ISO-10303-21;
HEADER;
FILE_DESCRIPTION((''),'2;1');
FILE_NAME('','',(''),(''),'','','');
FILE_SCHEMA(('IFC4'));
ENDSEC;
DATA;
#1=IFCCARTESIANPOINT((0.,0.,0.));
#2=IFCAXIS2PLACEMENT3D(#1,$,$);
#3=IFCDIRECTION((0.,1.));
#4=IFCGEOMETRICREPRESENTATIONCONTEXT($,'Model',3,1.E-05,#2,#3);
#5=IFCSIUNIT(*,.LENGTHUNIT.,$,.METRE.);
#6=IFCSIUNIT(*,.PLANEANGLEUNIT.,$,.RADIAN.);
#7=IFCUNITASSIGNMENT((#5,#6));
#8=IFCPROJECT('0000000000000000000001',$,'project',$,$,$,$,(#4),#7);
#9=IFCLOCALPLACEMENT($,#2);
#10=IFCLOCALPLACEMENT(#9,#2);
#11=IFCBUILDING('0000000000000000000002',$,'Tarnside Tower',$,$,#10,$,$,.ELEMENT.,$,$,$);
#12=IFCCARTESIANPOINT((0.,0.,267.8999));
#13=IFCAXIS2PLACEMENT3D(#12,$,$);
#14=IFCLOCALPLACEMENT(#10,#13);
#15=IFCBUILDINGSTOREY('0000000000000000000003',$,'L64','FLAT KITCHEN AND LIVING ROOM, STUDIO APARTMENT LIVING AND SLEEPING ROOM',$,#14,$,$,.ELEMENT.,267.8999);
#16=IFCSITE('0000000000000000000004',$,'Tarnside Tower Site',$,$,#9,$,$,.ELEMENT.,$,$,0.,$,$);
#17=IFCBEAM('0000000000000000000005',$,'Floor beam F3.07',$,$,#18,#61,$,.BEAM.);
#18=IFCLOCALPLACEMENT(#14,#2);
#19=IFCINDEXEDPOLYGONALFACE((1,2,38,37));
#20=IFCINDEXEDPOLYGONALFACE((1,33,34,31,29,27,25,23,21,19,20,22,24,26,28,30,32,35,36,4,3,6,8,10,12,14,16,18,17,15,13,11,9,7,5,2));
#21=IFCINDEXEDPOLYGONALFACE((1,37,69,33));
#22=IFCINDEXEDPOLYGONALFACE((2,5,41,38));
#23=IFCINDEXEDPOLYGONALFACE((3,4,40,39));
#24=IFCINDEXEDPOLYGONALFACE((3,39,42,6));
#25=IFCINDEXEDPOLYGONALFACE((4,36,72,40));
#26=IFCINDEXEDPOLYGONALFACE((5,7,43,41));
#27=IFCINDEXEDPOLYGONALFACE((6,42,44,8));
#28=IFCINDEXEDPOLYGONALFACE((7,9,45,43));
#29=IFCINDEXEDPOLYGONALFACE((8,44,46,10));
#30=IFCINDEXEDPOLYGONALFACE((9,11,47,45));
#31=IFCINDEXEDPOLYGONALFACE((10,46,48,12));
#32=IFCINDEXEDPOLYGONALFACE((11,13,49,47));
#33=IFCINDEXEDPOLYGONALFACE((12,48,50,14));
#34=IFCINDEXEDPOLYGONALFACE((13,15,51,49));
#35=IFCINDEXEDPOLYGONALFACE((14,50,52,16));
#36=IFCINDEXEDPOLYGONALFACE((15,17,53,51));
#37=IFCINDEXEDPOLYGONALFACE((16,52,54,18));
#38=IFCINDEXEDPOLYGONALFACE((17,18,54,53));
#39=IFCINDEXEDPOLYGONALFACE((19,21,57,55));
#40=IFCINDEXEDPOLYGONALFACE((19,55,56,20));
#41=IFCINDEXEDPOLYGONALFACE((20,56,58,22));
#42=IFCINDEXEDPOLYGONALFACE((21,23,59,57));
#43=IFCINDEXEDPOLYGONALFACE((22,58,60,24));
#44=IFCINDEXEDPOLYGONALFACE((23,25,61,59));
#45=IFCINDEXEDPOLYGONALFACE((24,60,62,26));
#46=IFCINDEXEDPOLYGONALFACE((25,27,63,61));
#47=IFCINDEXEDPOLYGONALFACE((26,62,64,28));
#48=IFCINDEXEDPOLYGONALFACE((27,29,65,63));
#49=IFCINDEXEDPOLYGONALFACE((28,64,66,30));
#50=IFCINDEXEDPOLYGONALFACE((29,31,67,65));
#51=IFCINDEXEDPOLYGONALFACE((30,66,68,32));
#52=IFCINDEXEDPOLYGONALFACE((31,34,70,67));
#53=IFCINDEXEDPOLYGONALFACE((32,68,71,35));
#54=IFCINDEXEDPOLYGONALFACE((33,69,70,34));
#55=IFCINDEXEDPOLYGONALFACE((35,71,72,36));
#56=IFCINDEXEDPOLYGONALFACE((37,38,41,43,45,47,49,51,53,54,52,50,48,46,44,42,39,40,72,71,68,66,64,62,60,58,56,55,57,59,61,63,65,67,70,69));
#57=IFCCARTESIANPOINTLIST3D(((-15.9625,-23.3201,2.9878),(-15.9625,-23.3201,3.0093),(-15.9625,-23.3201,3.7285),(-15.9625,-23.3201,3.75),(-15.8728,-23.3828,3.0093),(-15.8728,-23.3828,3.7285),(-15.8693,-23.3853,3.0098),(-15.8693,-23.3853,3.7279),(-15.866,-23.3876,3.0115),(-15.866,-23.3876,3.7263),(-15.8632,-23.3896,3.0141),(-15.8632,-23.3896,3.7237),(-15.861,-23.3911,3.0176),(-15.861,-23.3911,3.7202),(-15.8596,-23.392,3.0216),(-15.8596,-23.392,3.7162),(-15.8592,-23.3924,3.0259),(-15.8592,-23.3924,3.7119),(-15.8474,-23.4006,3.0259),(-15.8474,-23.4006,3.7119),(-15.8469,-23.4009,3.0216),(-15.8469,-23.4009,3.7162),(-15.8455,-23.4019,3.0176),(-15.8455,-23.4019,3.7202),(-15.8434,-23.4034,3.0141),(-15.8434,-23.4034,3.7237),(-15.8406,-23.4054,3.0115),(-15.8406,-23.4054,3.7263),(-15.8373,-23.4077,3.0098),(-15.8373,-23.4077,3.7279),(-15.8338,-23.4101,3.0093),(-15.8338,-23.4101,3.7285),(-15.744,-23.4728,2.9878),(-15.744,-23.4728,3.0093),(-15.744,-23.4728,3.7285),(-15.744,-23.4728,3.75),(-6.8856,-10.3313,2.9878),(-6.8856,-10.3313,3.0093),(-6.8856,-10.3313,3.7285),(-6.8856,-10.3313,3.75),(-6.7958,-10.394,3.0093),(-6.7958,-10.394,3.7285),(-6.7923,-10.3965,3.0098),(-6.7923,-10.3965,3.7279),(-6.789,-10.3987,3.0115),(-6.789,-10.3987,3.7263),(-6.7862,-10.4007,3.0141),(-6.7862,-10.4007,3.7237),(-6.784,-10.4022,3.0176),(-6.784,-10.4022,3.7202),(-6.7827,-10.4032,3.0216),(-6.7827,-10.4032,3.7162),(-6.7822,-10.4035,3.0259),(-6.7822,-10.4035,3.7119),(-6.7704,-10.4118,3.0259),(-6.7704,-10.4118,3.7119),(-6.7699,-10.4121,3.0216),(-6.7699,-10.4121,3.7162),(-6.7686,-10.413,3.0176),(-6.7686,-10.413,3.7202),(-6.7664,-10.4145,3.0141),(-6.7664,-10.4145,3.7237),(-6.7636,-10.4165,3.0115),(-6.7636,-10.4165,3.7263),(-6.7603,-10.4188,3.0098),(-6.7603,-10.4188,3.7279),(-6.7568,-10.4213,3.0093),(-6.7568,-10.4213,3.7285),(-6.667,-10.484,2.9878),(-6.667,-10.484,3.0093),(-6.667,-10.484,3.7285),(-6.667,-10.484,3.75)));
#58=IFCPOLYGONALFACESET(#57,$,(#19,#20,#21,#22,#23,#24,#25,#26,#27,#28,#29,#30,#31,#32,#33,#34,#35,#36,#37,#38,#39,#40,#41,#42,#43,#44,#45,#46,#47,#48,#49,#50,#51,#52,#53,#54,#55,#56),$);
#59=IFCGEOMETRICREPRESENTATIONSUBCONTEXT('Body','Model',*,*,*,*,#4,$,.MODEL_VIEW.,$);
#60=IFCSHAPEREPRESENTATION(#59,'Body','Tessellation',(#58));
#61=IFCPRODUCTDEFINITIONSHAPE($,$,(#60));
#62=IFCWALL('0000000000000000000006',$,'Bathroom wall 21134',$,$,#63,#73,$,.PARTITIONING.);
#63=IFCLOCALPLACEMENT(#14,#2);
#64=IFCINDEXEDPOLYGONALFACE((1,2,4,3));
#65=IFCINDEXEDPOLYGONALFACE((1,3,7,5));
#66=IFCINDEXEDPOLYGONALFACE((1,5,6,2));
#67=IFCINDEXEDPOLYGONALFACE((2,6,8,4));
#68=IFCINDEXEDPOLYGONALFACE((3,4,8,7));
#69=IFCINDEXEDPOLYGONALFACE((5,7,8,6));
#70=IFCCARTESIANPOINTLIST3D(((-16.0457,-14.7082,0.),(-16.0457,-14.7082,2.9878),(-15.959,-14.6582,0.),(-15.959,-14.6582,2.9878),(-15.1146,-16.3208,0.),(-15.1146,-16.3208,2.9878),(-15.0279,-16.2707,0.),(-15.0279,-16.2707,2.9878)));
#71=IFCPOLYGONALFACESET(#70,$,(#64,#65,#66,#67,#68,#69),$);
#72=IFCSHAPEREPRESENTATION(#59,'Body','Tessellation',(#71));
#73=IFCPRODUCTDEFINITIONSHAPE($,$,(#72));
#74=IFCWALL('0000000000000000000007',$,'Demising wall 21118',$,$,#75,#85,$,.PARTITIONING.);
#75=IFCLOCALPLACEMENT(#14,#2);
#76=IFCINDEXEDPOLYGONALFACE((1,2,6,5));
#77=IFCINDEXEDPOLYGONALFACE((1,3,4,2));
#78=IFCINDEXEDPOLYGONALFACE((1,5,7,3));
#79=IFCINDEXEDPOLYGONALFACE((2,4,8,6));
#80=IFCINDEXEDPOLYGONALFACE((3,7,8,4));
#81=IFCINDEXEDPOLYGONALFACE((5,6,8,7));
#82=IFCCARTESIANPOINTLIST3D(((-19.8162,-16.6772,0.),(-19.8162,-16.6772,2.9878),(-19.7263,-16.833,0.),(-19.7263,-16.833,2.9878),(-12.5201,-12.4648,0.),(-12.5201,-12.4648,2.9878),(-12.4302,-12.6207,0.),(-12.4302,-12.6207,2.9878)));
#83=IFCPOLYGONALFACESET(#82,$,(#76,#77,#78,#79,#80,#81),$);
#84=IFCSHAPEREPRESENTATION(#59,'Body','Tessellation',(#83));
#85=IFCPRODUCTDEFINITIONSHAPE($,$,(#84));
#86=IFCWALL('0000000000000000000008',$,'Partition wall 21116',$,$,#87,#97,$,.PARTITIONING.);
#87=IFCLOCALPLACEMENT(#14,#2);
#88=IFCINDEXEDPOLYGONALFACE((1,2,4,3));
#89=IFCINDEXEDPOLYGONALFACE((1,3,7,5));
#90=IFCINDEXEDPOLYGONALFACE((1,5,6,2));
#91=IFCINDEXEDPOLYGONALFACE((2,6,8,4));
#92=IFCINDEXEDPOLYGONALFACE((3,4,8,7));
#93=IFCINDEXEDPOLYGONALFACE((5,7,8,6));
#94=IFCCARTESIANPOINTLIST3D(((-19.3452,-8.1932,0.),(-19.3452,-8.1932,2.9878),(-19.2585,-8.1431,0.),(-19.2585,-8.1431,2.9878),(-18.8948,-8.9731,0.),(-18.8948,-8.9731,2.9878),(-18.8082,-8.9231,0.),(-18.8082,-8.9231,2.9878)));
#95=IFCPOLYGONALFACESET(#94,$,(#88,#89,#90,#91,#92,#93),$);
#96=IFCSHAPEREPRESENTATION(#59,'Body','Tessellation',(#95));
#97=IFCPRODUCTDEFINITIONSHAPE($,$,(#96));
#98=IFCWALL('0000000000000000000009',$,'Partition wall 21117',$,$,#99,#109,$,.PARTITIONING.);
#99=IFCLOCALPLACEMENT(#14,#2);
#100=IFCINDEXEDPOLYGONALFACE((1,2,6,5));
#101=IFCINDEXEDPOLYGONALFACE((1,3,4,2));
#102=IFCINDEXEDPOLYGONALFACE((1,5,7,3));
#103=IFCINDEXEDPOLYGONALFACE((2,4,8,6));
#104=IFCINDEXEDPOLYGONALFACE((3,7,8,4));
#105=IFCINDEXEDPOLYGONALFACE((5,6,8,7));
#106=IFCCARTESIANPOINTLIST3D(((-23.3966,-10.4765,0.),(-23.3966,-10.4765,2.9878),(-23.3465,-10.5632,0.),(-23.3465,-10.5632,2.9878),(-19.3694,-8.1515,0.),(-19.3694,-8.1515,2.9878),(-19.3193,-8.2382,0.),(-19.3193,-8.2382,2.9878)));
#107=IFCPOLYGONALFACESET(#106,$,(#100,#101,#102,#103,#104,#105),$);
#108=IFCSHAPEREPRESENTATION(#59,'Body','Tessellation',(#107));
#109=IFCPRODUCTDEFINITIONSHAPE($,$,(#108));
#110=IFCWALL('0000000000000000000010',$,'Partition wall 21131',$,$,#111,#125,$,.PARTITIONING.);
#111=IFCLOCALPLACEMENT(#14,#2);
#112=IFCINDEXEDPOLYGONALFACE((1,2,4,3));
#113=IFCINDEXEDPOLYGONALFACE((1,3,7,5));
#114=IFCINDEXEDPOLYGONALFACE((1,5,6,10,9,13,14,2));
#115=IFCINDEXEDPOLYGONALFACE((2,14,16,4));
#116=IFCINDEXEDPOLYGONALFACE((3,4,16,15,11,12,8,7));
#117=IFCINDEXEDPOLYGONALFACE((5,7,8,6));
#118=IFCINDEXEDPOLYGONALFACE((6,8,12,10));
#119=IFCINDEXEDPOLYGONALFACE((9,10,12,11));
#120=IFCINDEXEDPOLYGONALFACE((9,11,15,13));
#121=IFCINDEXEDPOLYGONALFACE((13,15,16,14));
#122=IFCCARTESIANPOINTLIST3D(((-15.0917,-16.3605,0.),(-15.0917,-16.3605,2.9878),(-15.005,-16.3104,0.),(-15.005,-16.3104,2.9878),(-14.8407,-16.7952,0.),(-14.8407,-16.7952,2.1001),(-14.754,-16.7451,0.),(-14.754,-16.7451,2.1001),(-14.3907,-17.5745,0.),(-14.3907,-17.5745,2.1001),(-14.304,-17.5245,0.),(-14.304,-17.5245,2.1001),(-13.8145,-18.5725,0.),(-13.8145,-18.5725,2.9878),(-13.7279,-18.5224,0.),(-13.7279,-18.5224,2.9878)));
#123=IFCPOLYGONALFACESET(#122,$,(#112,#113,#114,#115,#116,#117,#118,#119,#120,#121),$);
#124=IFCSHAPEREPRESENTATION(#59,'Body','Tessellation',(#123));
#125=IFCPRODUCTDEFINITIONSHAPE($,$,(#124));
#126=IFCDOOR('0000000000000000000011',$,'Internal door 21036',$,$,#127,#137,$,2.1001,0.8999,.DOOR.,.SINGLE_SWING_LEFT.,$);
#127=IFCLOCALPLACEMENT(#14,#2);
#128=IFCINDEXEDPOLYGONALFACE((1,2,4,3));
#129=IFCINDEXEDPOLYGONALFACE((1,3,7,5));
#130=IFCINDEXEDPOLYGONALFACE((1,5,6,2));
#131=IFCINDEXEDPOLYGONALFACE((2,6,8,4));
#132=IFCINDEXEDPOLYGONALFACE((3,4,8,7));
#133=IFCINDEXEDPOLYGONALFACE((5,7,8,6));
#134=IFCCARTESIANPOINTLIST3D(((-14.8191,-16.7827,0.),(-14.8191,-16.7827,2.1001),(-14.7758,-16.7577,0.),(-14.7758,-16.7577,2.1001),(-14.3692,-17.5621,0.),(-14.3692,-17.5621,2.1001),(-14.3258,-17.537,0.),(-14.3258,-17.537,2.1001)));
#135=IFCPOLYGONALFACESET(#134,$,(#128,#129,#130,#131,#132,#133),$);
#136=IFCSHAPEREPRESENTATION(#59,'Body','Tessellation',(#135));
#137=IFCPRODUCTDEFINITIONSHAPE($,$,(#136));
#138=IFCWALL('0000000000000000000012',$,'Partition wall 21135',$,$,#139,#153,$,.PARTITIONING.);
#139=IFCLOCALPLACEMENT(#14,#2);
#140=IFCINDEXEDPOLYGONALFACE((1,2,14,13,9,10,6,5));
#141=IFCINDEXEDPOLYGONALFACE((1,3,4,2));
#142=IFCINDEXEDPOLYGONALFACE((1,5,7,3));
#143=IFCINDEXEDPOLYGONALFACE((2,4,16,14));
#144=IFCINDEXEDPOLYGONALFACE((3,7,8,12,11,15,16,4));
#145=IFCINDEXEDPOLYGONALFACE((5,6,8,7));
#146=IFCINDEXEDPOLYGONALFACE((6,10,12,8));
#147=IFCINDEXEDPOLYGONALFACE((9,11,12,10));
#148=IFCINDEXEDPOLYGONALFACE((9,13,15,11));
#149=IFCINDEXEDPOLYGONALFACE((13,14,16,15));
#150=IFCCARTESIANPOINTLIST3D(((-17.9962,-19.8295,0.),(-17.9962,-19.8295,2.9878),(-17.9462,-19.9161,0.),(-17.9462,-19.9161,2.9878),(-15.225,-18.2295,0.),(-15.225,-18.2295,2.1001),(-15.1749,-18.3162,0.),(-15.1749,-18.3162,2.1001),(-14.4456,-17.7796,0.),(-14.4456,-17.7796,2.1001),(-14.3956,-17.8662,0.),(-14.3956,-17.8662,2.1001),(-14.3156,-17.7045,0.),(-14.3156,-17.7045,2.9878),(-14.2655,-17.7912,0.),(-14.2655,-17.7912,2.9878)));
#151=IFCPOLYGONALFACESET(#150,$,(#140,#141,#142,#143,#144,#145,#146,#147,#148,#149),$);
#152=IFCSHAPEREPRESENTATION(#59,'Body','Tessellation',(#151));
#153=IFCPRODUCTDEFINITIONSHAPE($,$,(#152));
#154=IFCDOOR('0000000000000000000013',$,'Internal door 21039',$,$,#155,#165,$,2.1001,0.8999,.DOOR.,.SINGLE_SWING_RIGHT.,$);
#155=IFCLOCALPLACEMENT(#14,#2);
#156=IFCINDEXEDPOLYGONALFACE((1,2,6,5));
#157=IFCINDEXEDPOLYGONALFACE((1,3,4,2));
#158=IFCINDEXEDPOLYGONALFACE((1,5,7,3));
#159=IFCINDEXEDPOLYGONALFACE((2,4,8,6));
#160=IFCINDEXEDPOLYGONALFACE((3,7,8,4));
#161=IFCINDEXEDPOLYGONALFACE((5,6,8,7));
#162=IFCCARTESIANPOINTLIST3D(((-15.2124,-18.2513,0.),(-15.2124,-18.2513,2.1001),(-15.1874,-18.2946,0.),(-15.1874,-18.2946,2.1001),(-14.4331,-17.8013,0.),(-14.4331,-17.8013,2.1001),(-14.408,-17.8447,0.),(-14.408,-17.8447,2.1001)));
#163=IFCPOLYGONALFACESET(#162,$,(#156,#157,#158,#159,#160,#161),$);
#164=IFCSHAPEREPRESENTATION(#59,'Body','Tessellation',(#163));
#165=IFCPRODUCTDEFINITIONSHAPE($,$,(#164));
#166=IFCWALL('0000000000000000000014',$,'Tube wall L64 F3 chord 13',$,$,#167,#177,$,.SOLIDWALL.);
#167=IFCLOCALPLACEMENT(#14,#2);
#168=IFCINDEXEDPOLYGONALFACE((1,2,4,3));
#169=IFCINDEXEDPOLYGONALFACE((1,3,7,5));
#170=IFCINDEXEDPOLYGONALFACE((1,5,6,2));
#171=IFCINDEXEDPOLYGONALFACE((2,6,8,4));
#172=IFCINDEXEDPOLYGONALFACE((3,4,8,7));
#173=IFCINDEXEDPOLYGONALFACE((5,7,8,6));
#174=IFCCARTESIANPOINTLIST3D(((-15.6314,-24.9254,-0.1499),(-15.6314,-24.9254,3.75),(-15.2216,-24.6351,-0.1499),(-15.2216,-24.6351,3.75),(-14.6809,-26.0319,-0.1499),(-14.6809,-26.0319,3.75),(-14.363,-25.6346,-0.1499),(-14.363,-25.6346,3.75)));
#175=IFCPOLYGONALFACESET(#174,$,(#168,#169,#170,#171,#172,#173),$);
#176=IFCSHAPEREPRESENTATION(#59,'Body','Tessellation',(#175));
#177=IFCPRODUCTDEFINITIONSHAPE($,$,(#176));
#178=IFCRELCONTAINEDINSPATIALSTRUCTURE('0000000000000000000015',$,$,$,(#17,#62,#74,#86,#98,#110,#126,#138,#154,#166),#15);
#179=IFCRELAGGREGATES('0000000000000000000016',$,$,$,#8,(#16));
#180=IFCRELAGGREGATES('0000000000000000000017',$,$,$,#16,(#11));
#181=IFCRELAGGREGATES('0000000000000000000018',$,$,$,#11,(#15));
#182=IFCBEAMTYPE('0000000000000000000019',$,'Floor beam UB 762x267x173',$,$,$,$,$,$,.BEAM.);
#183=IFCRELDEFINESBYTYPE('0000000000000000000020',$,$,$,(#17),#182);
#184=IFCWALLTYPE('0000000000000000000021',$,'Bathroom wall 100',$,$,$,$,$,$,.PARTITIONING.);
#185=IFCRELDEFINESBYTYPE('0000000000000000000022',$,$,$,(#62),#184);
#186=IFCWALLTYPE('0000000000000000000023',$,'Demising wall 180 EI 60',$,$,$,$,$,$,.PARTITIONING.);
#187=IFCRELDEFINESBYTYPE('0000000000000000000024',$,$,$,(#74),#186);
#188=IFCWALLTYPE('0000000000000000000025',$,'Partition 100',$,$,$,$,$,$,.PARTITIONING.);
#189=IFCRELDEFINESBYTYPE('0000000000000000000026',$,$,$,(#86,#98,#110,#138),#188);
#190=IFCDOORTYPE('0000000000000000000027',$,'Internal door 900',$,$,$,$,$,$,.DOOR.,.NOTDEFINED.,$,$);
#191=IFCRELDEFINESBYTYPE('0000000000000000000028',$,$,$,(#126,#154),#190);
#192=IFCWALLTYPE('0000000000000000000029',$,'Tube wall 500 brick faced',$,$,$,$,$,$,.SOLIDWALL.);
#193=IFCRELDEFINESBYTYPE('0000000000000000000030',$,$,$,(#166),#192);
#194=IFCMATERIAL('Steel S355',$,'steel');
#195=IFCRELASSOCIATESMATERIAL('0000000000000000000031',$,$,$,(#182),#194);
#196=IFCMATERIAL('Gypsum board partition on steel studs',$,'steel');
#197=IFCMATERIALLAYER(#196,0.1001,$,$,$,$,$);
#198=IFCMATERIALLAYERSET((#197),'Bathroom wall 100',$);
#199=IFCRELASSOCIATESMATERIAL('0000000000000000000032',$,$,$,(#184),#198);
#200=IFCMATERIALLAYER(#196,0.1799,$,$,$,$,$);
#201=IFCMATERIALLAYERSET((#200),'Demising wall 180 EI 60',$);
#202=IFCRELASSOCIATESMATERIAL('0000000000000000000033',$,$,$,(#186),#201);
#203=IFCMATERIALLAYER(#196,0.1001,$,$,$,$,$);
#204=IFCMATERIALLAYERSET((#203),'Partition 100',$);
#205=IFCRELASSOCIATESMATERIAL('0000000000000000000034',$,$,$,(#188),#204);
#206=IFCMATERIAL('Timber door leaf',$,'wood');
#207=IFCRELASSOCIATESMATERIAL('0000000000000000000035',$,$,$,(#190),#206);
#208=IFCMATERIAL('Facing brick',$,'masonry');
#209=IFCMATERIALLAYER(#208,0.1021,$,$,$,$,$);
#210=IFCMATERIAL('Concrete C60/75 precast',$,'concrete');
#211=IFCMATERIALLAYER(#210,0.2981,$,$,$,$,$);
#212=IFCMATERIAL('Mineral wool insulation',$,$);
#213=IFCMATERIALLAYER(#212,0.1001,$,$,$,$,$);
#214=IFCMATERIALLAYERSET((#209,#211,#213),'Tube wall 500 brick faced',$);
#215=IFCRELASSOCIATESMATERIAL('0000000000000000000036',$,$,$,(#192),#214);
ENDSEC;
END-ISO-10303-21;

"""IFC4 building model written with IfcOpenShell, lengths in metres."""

from ifc_helpers import new_model, si_unit, direction, frame, frame_2d, origin, origin_2d, place, context, subcontext, project, spatial, polyline, rectangle, i_section, outline, extrude, material, layer, layer_set, material_profile, profile_set, type_object, element, fill, save


model = new_model("IFC4")

# Units and contexts
model_context = context("Model", 3, precision=1e-05, world=origin(), true_north=direction((0.0, 1.0)))
body_context = subcontext(model_context, "Body", "Model", "MODEL_VIEW")
ifc_project = project(units=[si_unit("LENGTHUNIT", "METRE"), si_unit("PLANEANGLEUNIT", "RADIAN")], contexts=[model_context])

# Site, building, storey
site_placement = place(None, origin())
site = spatial("IfcSite", under=ifc_project, at=site_placement, Name="Tarnside Tower Site", CompositionType="ELEMENT", RefElevation=0.0)
building_placement = place(site_placement, origin())
building = spatial("IfcBuilding", under=site, at=building_placement, Name="Tarnside Tower", CompositionType="ELEMENT")
storey_placement = place(building_placement, frame((0.0, 0.0, 267.8999)))
storey = spatial("IfcBuildingStorey", under=building, at=storey_placement, Name="L64", Description="FLAT KITCHEN AND LIVING ROOM, STUDIO APARTMENT LIVING AND SLEEPING ROOM", CompositionType="ELEMENT", Elevation=267.8999)

# Beam
ifc_material_1 = material(Name="Steel S355", Category="steel")
ifc_material_profile_1 = material_profile(ifc_material_1, i_section(OverallWidth=0.2666, OverallDepth=0.7622, WebThickness=0.0144, FlangeThickness=0.0215, FilletRadius=0.0166, at=origin_2d()), Name="UB 762x267x173")
ifc_profile_set_1 = profile_set([ifc_material_profile_1], Name="Steel S355")
beam_type_1 = type_object("IfcBeamType", Name="Floor beam UB 762x267x173", PredefinedType="BEAM", material=ifc_profile_set_1)
beam_1_placement = place(storey_placement, frame((-15.8533, -23.3965, 3.3689), z_axis=(0.572817, 0.819683, 0.0), x_axis=(-0.819683, 0.572817, 0.0)))
element("IfcBeam", 1, at=beam_1_placement, inside=storey, type_object=beam_type_1, Name="Floor beam F3.07", PredefinedType="BEAM", context=body_context, shape_type="SweptSolid", body=[
    extrude(i_section(OverallWidth=0.2666, OverallDepth=0.7622, WebThickness=0.0144, FlangeThickness=0.0215, FilletRadius=0.0166, at=origin_2d()), origin(), (0.0, 0.0, 1.0), 15.8462),
])

# Walls
ifc_material_2 = material(Name="Gypsum board partition on steel studs", Category="steel")
ifc_layer_1 = layer(ifc_material_2, 0.1001)
ifc_layer_set_1 = layer_set([ifc_layer_1], Name="Bathroom wall 100")
wall_type_1 = type_object("IfcWallType", Name="Bathroom wall 100", PredefinedType="PARTITIONING", material=ifc_layer_set_1)
wall_1_placement = place(storey_placement, frame((-16.0024, -14.6831, 0.0), z_axis=(0.0, 0.0, 1.0), x_axis=(0.500059, -0.865991, 0.0)))
element("IfcWall", 2, at=wall_1_placement, inside=storey, type_object=wall_type_1, Name="Bathroom wall 21134", PredefinedType="PARTITIONING", context=body_context, shape_type="SweptSolid", body=[
    extrude(rectangle(XDim=1.8621, YDim=0.1001, at=frame_2d((0.9312, 0.0))), origin(), (0.0, 0.0, 1.0), 2.9878),
])
ifc_layer_2 = layer(ifc_material_2, 0.1799)
ifc_layer_set_2 = layer_set([ifc_layer_2], Name="Demising wall 180 EI 60")
wall_type_2 = type_object("IfcWallType", Name="Demising wall 180 EI 60", PredefinedType="PARTITIONING", material=ifc_layer_set_2)
wall_2_placement = place(storey_placement, frame((-19.7712, -16.7551, 0.0), z_axis=(0.0, 0.0, 1.0), x_axis=(0.866027, 0.499998, 0.0)))
element("IfcWall", 3, at=wall_2_placement, inside=storey, type_object=wall_type_2, Name="Demising wall 21118", PredefinedType="PARTITIONING", context=body_context, shape_type="SweptSolid", body=[
    extrude(rectangle(XDim=8.4248, YDim=0.1799, at=frame_2d((4.2124, 0.0))), origin(), (0.0, 0.0, 1.0), 2.9878),
])
ifc_layer_3 = layer(ifc_material_2, 0.1001)
ifc_layer_set_3 = layer_set([ifc_layer_3], Name="Partition 100")
wall_type_3 = type_object("IfcWallType", Name="Partition 100", PredefinedType="PARTITIONING", material=ifc_layer_set_3)
wall_3_placement = place(storey_placement, frame((-18.8516, -8.948, 0.0), z_axis=(0.0, 0.0, 1.0), x_axis=(-0.500074, 0.865982, 0.0)))
element("IfcWall", 4, at=wall_3_placement, inside=storey, type_object=wall_type_3, Name="Partition wall 21116", PredefinedType="PARTITIONING", context=body_context, shape_type="SweptSolid", body=[
    extrude(rectangle(XDim=0.9006, YDim=0.1001, at=frame_2d((0.4502, 0.0))), origin(), (0.0, 0.0, 1.0), 2.9878),
])
wall_4_placement = place(storey_placement, frame((-19.3442, -8.1948, 0.0), z_axis=(0.0, 0.0, 1.0), x_axis=(-0.866034, -0.499985, 0.0)))
element("IfcWall", 5, at=wall_4_placement, inside=storey, type_object=wall_type_3, Name="Partition wall 21117", PredefinedType="PARTITIONING", context=body_context, shape_type="SweptSolid", body=[
    extrude(rectangle(XDim=4.6501, YDim=0.1001, at=frame_2d((2.3252, 0.0))), origin(), (0.0, 0.0, 1.0), 2.9878),
])

# Walls, openings, doors
wall_5_placement = place(storey_placement, frame((-15.0483, -16.3354, 0.0), z_axis=(0.0, 0.0, 1.0), x_axis=(0.500015, -0.866017, 0.0)))
wall_5 = element("IfcWall", 6, at=wall_5_placement, inside=storey, type_object=wall_type_3, Name="Partition wall 21131", PredefinedType="PARTITIONING", context=body_context, shape_type="SweptSolid", body=[
    extrude(rectangle(XDim=2.5542, YDim=0.1001, at=frame_2d((1.2771, 0.0))), origin(), (0.0, 0.0, 1.0), 2.9878),
])
opening_1_placement = place(wall_5_placement, frame((0.502, 0.0, 0.0)))
opening_1 = element("IfcOpeningElement", 7, at=opening_1_placement, cuts=wall_5, PredefinedType="OPENING", context=body_context, shape_type="SweptSolid", body=[
    extrude(rectangle(XDim=0.8999, YDim=2.1001, at=frame_2d((0.45, 1.05))), frame((0.0, 0.0601, 0.0), z_axis=(0.0, -1.0, 0.0), x_axis=(1.0, 0.0, 0.0)), (0.0, 0.0, 1.0), 0.1201),
])
ifc_material_3 = material(Name="Timber door leaf", Category="wood")
door_type = type_object("IfcDoorType", Name="Internal door 900", OperationType="NOTDEFINED", PredefinedType="DOOR", material=ifc_material_3)
door_1_placement = place(opening_1_placement, origin())
door_1 = element("IfcDoor", 8, at=door_1_placement, inside=storey, type_object=door_type, Name="Internal door 21036", OperationType="SINGLE_SWING_LEFT", OverallHeight=2.1001, OverallWidth=0.8999, PredefinedType="DOOR", context=body_context, shape_type="SweptSolid", body=[
    extrude(rectangle(XDim=0.8999, YDim=2.1001, at=frame_2d((0.45, 1.05))), frame((0.0, 0.0249, 0.0), z_axis=(0.0, -1.0, 0.0), x_axis=(1.0, 0.0, 0.0)), (0.0, 0.0, 1.0), 0.05),
])
fill(opening_1, door_1)
wall_6_placement = place(storey_placement, frame((-17.9712, -19.8728, 0.0), z_axis=(0.0, 0.0, 1.0), x_axis=(0.866029, 0.499994, 0.0)))
wall_6 = element("IfcWall", 9, at=wall_6_placement, inside=storey, type_object=wall_type_3, Name="Partition wall 21135", PredefinedType="PARTITIONING", context=body_context, shape_type="SweptSolid", body=[
    extrude(rectangle(XDim=4.25, YDim=0.1001, at=frame_2d((2.125, 0.0))), origin(), (0.0, 0.0, 1.0), 2.9878),
])
opening_2_placement = place(wall_6_placement, frame((3.2, 0.0, 0.0)))
opening_2 = element("IfcOpeningElement", 10, at=opening_2_placement, cuts=wall_6, PredefinedType="OPENING", context=body_context, shape_type="SweptSolid", body=[
    extrude(rectangle(XDim=0.8999, YDim=2.1001, at=frame_2d((0.45, 1.05))), frame((0.0, 0.0601, 0.0), z_axis=(0.0, -1.0, 0.0), x_axis=(1.0, 0.0, 0.0)), (0.0, 0.0, 1.0), 0.1201),
])
door_2_placement = place(opening_2_placement, origin())
door_2 = element("IfcDoor", 11, at=door_2_placement, inside=storey, type_object=door_type, Name="Internal door 21039", OperationType="SINGLE_SWING_RIGHT", OverallHeight=2.1001, OverallWidth=0.8999, PredefinedType="DOOR", context=body_context, shape_type="SweptSolid", body=[
    extrude(rectangle(XDim=0.8999, YDim=2.1001, at=frame_2d((0.45, 1.05))), frame((0.0, 0.0249, 0.0), z_axis=(0.0, -1.0, 0.0), x_axis=(1.0, 0.0, 0.0)), (0.0, 0.0, 1.0), 0.05),
])
fill(opening_2, door_2)

# Wall
ifc_material_4 = material(Name="Facing brick", Category="masonry")
ifc_layer_4 = layer(ifc_material_4, 0.1021)
ifc_material_5 = material(Name="Concrete C60/75 precast", Category="concrete")
ifc_layer_5 = layer(ifc_material_5, 0.2981)
ifc_material_6 = material(Name="Mineral wool insulation")
ifc_layer_6 = layer(ifc_material_6, 0.1001)
ifc_layer_set_4 = layer_set([ifc_layer_4, ifc_layer_5, ifc_layer_6], Name="Tube wall 500 brick faced")
wall_type_4 = type_object("IfcWallType", Name="Tube wall 500 brick faced", PredefinedType="SOLIDWALL", material=ifc_layer_set_4)
wall_7_placement = place(storey_placement, frame((-15.4265, -24.7803, -0.1499), z_axis=(0.0, 0.0, 1.0), x_axis=(0.651617, -0.758549, 0.0)))
element("IfcWall", 12, at=wall_7_placement, inside=storey, type_object=wall_type_4, Name="Tube wall L64 F3 chord 13", PredefinedType="SOLIDWALL", context=body_context, shape_type="SweptSolid", body=[
    extrude(outline(polyline([(-0.0234, -0.25), (1.4353, -0.25), (1.3411, 0.25), (0.0234, 0.25), (-0.0234, -0.25)])), origin(), (0.0, 0.0, 1.0), 3.8999),
])

save(model, "model.ifc")
